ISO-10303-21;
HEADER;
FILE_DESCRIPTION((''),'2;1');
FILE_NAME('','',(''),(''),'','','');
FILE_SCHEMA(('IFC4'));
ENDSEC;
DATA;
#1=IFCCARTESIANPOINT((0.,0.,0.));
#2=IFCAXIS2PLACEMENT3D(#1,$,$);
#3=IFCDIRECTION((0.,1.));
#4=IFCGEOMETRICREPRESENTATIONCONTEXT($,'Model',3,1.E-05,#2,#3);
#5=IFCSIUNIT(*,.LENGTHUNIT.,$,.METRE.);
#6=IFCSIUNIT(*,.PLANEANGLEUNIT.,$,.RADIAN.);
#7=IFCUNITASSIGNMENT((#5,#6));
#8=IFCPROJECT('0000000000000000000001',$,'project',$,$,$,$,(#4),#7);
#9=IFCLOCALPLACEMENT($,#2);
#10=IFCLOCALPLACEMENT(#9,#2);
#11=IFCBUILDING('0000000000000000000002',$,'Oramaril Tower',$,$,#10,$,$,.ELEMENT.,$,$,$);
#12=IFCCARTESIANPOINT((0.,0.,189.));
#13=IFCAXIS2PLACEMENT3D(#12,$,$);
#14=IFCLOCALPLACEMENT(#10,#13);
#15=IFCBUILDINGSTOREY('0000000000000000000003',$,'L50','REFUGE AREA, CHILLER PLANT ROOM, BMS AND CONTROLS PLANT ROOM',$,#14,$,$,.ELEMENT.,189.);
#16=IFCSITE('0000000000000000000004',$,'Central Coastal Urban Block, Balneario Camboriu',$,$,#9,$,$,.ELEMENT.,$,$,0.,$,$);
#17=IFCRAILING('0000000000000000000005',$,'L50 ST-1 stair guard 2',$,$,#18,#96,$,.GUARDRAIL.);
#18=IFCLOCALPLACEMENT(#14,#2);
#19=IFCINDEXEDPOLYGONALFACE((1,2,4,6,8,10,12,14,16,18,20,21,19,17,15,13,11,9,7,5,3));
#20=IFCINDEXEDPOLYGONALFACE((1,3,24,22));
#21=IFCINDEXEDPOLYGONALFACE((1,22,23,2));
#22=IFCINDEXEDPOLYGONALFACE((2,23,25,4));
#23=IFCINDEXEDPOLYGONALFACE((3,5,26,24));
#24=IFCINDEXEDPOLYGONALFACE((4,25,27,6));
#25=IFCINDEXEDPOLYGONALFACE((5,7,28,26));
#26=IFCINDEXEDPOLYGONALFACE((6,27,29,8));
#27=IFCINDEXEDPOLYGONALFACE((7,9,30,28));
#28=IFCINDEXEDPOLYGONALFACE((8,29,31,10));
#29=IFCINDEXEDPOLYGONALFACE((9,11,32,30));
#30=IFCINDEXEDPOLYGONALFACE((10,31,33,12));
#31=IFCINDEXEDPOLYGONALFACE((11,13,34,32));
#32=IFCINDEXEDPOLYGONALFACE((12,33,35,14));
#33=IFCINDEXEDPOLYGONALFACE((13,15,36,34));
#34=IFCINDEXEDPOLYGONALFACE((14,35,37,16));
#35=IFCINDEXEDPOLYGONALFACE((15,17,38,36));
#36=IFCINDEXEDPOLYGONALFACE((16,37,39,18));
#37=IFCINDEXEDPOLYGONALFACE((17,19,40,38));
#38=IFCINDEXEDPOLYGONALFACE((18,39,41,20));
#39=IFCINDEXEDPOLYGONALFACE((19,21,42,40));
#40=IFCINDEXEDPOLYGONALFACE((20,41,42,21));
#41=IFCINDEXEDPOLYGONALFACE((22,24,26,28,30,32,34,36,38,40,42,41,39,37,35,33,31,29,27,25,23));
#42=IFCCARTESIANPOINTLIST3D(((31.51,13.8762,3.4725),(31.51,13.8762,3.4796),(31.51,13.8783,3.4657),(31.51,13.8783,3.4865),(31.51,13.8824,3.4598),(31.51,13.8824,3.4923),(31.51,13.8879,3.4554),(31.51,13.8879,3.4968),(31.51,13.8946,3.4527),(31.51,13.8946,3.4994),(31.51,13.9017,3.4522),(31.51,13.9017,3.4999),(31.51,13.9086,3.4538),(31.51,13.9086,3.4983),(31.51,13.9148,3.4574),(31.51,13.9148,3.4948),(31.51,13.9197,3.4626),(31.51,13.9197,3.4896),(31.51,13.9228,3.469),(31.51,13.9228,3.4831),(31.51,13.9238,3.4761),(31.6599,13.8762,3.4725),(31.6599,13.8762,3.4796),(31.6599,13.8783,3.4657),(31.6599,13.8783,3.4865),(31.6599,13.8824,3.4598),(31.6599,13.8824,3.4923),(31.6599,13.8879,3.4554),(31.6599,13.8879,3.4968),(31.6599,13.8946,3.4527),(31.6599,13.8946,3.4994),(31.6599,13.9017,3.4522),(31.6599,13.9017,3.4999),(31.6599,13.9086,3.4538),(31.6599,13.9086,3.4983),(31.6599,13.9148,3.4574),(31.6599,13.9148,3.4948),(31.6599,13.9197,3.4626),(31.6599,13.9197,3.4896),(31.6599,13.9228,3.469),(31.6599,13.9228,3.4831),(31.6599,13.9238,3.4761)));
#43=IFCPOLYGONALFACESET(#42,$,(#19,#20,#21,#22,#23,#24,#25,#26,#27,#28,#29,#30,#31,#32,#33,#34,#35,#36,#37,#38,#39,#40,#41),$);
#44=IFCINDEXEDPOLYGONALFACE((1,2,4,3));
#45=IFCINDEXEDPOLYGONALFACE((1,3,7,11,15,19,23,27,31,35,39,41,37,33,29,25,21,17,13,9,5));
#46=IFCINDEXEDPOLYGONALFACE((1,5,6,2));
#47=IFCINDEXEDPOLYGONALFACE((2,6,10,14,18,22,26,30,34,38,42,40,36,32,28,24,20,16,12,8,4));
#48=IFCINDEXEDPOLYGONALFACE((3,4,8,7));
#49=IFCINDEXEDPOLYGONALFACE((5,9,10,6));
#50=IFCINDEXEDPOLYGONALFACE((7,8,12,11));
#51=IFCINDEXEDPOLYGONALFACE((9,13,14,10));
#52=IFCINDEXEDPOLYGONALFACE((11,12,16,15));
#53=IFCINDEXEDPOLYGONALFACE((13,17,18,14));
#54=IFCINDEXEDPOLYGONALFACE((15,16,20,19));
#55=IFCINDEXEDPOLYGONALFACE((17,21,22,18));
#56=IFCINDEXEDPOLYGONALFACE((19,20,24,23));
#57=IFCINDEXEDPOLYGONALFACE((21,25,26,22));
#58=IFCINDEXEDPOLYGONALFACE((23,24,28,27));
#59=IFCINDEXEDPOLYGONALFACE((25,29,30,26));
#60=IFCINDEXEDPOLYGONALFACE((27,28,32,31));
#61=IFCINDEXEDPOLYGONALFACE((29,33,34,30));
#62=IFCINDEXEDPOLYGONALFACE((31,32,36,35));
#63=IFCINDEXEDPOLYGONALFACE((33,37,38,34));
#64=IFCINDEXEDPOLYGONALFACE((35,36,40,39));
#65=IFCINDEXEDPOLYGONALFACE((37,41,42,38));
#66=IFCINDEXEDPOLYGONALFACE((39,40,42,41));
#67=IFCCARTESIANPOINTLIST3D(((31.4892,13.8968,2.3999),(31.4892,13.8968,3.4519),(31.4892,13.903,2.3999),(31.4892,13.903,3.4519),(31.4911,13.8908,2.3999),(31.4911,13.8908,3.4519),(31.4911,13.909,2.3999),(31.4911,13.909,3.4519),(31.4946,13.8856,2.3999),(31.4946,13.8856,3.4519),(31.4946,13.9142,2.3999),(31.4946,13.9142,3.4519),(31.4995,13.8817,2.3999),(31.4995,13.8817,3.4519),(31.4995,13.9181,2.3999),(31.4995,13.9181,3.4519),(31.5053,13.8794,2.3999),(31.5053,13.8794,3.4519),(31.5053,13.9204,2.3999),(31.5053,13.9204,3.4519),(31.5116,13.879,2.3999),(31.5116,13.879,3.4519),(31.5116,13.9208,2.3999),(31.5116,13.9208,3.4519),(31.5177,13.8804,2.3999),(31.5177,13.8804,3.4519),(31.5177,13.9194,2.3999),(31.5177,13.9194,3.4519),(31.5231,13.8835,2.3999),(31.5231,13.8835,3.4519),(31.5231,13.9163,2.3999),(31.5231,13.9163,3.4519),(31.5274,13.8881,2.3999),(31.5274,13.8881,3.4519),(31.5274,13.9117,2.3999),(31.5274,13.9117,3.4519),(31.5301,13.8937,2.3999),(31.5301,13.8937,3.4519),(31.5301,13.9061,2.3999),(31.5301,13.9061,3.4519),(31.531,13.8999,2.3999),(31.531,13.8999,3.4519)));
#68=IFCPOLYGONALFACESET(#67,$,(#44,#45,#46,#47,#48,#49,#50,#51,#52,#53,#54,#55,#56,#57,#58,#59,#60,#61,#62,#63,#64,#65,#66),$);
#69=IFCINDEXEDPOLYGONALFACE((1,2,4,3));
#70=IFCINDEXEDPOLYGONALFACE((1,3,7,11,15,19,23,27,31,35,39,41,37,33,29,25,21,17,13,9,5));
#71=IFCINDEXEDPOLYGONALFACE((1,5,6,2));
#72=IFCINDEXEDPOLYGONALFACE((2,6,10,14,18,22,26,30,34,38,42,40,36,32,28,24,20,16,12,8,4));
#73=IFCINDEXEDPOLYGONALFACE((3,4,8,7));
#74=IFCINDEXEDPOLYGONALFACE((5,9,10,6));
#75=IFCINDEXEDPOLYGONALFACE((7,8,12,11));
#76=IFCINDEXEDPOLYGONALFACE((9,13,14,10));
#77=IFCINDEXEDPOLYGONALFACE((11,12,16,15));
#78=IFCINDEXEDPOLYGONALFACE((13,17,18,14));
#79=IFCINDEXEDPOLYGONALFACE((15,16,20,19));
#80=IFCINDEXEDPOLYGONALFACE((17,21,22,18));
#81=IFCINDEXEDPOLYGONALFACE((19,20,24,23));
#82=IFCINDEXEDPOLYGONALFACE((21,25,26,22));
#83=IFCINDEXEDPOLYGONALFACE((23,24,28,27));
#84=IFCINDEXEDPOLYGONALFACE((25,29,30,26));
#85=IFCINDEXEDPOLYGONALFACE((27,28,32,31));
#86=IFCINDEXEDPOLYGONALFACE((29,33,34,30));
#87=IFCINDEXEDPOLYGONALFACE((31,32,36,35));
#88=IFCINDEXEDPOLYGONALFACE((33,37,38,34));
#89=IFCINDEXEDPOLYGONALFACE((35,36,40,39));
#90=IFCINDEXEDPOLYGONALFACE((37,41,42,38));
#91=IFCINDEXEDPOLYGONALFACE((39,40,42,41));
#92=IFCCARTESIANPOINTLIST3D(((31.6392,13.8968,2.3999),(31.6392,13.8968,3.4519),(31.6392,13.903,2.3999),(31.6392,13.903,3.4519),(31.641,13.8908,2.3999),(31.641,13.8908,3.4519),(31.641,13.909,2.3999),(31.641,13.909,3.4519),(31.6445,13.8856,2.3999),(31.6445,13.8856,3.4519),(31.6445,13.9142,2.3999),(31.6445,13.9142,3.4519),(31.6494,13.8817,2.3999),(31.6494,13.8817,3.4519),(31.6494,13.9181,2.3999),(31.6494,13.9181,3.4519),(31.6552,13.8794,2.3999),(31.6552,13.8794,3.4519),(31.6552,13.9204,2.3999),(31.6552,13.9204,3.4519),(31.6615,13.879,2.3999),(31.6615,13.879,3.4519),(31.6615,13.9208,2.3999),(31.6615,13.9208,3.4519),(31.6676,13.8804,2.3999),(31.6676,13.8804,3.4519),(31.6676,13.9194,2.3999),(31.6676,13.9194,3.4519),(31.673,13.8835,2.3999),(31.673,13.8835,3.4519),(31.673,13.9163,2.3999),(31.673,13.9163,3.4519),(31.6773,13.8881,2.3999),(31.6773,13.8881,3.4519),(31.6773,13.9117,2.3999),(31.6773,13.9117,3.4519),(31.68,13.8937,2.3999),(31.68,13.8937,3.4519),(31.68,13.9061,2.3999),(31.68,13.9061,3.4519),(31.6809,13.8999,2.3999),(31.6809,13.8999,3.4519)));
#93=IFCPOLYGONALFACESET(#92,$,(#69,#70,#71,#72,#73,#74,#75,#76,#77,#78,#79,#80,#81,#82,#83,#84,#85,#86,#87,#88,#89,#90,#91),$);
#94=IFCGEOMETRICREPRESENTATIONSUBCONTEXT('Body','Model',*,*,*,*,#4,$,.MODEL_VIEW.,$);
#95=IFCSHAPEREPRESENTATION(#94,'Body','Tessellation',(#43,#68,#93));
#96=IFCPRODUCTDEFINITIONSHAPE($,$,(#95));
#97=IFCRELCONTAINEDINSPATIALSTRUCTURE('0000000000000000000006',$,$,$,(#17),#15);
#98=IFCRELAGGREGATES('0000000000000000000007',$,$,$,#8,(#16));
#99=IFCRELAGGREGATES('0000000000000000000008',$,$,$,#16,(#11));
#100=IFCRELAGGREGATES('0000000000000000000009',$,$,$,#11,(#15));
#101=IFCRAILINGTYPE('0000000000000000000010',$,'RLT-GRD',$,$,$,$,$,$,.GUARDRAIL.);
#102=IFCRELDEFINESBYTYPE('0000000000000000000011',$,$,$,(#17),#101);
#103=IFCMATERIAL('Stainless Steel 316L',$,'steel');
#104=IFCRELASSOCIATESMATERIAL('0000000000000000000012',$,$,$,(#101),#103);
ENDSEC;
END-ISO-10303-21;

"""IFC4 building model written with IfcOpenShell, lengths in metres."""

from ifc_helpers import new_model, si_unit, direction, frame, origin, origin_2d, place, context, subcontext, project, spatial, circle, extrude, material, type_object, element, save


model = new_model("IFC4")

# Units and contexts
model_context = context("Model", 3, precision=1e-05, world=origin(), true_north=direction((0.0, 1.0)))
body_context = subcontext(model_context, "Body", "Model", "MODEL_VIEW")
ifc_project = project(units=[si_unit("LENGTHUNIT", "METRE"), si_unit("PLANEANGLEUNIT", "RADIAN")], contexts=[model_context])

# Site, building, storey
site_placement = place(None, origin())
site = spatial("IfcSite", under=ifc_project, at=site_placement, Name="Central Coastal Urban Block, Balneario Camboriu", CompositionType="ELEMENT", RefElevation=0.0)
building_placement = place(site_placement, origin())
building = spatial("IfcBuilding", under=site, at=building_placement, Name="Oramaril Tower", CompositionType="ELEMENT")
storey_placement = place(building_placement, frame((0.0, 0.0, 189.0)))
storey = spatial("IfcBuildingStorey", under=building, at=storey_placement, Name="L50", Description="REFUGE AREA, CHILLER PLANT ROOM, BMS AND CONTROLS PLANT ROOM", CompositionType="ELEMENT", Elevation=189.0)

# Railing
ifc_material_1 = material(Name="Stainless Steel 316L", Category="steel")
railing_type_1 = type_object("IfcRailingType", Name="RLT-GRD", PredefinedType="GUARDRAIL", material=ifc_material_1)
railing_1_placement = place(storey_placement, frame((31.51, 13.8999, 2.3999)))
element("IfcRailing", 1, at=railing_1_placement, inside=storey, type_object=railing_type_1, Name="L50 ST-1 stair guard 2", PredefinedType="GUARDRAIL", context=body_context, shape_type="SweptSolid", body=[
    extrude(circle(Radius=0.0239, at=origin_2d()), frame((0.0, 0.0, 1.0762), z_axis=(1.0, 0.0, 0.0), x_axis=(0.0, 1.0, 0.0)), (0.0, 0.0, 1.0), 0.1499),
    extrude(circle(Radius=0.021, at=origin_2d()), origin(), (0.0, 0.0, 1.0), 1.052),
    extrude(circle(Radius=0.021, at=origin_2d()), frame((0.1499, 0.0, 0.0)), (0.0, 0.0, 1.0), 1.052),
])

save(model, "model.ifc")
